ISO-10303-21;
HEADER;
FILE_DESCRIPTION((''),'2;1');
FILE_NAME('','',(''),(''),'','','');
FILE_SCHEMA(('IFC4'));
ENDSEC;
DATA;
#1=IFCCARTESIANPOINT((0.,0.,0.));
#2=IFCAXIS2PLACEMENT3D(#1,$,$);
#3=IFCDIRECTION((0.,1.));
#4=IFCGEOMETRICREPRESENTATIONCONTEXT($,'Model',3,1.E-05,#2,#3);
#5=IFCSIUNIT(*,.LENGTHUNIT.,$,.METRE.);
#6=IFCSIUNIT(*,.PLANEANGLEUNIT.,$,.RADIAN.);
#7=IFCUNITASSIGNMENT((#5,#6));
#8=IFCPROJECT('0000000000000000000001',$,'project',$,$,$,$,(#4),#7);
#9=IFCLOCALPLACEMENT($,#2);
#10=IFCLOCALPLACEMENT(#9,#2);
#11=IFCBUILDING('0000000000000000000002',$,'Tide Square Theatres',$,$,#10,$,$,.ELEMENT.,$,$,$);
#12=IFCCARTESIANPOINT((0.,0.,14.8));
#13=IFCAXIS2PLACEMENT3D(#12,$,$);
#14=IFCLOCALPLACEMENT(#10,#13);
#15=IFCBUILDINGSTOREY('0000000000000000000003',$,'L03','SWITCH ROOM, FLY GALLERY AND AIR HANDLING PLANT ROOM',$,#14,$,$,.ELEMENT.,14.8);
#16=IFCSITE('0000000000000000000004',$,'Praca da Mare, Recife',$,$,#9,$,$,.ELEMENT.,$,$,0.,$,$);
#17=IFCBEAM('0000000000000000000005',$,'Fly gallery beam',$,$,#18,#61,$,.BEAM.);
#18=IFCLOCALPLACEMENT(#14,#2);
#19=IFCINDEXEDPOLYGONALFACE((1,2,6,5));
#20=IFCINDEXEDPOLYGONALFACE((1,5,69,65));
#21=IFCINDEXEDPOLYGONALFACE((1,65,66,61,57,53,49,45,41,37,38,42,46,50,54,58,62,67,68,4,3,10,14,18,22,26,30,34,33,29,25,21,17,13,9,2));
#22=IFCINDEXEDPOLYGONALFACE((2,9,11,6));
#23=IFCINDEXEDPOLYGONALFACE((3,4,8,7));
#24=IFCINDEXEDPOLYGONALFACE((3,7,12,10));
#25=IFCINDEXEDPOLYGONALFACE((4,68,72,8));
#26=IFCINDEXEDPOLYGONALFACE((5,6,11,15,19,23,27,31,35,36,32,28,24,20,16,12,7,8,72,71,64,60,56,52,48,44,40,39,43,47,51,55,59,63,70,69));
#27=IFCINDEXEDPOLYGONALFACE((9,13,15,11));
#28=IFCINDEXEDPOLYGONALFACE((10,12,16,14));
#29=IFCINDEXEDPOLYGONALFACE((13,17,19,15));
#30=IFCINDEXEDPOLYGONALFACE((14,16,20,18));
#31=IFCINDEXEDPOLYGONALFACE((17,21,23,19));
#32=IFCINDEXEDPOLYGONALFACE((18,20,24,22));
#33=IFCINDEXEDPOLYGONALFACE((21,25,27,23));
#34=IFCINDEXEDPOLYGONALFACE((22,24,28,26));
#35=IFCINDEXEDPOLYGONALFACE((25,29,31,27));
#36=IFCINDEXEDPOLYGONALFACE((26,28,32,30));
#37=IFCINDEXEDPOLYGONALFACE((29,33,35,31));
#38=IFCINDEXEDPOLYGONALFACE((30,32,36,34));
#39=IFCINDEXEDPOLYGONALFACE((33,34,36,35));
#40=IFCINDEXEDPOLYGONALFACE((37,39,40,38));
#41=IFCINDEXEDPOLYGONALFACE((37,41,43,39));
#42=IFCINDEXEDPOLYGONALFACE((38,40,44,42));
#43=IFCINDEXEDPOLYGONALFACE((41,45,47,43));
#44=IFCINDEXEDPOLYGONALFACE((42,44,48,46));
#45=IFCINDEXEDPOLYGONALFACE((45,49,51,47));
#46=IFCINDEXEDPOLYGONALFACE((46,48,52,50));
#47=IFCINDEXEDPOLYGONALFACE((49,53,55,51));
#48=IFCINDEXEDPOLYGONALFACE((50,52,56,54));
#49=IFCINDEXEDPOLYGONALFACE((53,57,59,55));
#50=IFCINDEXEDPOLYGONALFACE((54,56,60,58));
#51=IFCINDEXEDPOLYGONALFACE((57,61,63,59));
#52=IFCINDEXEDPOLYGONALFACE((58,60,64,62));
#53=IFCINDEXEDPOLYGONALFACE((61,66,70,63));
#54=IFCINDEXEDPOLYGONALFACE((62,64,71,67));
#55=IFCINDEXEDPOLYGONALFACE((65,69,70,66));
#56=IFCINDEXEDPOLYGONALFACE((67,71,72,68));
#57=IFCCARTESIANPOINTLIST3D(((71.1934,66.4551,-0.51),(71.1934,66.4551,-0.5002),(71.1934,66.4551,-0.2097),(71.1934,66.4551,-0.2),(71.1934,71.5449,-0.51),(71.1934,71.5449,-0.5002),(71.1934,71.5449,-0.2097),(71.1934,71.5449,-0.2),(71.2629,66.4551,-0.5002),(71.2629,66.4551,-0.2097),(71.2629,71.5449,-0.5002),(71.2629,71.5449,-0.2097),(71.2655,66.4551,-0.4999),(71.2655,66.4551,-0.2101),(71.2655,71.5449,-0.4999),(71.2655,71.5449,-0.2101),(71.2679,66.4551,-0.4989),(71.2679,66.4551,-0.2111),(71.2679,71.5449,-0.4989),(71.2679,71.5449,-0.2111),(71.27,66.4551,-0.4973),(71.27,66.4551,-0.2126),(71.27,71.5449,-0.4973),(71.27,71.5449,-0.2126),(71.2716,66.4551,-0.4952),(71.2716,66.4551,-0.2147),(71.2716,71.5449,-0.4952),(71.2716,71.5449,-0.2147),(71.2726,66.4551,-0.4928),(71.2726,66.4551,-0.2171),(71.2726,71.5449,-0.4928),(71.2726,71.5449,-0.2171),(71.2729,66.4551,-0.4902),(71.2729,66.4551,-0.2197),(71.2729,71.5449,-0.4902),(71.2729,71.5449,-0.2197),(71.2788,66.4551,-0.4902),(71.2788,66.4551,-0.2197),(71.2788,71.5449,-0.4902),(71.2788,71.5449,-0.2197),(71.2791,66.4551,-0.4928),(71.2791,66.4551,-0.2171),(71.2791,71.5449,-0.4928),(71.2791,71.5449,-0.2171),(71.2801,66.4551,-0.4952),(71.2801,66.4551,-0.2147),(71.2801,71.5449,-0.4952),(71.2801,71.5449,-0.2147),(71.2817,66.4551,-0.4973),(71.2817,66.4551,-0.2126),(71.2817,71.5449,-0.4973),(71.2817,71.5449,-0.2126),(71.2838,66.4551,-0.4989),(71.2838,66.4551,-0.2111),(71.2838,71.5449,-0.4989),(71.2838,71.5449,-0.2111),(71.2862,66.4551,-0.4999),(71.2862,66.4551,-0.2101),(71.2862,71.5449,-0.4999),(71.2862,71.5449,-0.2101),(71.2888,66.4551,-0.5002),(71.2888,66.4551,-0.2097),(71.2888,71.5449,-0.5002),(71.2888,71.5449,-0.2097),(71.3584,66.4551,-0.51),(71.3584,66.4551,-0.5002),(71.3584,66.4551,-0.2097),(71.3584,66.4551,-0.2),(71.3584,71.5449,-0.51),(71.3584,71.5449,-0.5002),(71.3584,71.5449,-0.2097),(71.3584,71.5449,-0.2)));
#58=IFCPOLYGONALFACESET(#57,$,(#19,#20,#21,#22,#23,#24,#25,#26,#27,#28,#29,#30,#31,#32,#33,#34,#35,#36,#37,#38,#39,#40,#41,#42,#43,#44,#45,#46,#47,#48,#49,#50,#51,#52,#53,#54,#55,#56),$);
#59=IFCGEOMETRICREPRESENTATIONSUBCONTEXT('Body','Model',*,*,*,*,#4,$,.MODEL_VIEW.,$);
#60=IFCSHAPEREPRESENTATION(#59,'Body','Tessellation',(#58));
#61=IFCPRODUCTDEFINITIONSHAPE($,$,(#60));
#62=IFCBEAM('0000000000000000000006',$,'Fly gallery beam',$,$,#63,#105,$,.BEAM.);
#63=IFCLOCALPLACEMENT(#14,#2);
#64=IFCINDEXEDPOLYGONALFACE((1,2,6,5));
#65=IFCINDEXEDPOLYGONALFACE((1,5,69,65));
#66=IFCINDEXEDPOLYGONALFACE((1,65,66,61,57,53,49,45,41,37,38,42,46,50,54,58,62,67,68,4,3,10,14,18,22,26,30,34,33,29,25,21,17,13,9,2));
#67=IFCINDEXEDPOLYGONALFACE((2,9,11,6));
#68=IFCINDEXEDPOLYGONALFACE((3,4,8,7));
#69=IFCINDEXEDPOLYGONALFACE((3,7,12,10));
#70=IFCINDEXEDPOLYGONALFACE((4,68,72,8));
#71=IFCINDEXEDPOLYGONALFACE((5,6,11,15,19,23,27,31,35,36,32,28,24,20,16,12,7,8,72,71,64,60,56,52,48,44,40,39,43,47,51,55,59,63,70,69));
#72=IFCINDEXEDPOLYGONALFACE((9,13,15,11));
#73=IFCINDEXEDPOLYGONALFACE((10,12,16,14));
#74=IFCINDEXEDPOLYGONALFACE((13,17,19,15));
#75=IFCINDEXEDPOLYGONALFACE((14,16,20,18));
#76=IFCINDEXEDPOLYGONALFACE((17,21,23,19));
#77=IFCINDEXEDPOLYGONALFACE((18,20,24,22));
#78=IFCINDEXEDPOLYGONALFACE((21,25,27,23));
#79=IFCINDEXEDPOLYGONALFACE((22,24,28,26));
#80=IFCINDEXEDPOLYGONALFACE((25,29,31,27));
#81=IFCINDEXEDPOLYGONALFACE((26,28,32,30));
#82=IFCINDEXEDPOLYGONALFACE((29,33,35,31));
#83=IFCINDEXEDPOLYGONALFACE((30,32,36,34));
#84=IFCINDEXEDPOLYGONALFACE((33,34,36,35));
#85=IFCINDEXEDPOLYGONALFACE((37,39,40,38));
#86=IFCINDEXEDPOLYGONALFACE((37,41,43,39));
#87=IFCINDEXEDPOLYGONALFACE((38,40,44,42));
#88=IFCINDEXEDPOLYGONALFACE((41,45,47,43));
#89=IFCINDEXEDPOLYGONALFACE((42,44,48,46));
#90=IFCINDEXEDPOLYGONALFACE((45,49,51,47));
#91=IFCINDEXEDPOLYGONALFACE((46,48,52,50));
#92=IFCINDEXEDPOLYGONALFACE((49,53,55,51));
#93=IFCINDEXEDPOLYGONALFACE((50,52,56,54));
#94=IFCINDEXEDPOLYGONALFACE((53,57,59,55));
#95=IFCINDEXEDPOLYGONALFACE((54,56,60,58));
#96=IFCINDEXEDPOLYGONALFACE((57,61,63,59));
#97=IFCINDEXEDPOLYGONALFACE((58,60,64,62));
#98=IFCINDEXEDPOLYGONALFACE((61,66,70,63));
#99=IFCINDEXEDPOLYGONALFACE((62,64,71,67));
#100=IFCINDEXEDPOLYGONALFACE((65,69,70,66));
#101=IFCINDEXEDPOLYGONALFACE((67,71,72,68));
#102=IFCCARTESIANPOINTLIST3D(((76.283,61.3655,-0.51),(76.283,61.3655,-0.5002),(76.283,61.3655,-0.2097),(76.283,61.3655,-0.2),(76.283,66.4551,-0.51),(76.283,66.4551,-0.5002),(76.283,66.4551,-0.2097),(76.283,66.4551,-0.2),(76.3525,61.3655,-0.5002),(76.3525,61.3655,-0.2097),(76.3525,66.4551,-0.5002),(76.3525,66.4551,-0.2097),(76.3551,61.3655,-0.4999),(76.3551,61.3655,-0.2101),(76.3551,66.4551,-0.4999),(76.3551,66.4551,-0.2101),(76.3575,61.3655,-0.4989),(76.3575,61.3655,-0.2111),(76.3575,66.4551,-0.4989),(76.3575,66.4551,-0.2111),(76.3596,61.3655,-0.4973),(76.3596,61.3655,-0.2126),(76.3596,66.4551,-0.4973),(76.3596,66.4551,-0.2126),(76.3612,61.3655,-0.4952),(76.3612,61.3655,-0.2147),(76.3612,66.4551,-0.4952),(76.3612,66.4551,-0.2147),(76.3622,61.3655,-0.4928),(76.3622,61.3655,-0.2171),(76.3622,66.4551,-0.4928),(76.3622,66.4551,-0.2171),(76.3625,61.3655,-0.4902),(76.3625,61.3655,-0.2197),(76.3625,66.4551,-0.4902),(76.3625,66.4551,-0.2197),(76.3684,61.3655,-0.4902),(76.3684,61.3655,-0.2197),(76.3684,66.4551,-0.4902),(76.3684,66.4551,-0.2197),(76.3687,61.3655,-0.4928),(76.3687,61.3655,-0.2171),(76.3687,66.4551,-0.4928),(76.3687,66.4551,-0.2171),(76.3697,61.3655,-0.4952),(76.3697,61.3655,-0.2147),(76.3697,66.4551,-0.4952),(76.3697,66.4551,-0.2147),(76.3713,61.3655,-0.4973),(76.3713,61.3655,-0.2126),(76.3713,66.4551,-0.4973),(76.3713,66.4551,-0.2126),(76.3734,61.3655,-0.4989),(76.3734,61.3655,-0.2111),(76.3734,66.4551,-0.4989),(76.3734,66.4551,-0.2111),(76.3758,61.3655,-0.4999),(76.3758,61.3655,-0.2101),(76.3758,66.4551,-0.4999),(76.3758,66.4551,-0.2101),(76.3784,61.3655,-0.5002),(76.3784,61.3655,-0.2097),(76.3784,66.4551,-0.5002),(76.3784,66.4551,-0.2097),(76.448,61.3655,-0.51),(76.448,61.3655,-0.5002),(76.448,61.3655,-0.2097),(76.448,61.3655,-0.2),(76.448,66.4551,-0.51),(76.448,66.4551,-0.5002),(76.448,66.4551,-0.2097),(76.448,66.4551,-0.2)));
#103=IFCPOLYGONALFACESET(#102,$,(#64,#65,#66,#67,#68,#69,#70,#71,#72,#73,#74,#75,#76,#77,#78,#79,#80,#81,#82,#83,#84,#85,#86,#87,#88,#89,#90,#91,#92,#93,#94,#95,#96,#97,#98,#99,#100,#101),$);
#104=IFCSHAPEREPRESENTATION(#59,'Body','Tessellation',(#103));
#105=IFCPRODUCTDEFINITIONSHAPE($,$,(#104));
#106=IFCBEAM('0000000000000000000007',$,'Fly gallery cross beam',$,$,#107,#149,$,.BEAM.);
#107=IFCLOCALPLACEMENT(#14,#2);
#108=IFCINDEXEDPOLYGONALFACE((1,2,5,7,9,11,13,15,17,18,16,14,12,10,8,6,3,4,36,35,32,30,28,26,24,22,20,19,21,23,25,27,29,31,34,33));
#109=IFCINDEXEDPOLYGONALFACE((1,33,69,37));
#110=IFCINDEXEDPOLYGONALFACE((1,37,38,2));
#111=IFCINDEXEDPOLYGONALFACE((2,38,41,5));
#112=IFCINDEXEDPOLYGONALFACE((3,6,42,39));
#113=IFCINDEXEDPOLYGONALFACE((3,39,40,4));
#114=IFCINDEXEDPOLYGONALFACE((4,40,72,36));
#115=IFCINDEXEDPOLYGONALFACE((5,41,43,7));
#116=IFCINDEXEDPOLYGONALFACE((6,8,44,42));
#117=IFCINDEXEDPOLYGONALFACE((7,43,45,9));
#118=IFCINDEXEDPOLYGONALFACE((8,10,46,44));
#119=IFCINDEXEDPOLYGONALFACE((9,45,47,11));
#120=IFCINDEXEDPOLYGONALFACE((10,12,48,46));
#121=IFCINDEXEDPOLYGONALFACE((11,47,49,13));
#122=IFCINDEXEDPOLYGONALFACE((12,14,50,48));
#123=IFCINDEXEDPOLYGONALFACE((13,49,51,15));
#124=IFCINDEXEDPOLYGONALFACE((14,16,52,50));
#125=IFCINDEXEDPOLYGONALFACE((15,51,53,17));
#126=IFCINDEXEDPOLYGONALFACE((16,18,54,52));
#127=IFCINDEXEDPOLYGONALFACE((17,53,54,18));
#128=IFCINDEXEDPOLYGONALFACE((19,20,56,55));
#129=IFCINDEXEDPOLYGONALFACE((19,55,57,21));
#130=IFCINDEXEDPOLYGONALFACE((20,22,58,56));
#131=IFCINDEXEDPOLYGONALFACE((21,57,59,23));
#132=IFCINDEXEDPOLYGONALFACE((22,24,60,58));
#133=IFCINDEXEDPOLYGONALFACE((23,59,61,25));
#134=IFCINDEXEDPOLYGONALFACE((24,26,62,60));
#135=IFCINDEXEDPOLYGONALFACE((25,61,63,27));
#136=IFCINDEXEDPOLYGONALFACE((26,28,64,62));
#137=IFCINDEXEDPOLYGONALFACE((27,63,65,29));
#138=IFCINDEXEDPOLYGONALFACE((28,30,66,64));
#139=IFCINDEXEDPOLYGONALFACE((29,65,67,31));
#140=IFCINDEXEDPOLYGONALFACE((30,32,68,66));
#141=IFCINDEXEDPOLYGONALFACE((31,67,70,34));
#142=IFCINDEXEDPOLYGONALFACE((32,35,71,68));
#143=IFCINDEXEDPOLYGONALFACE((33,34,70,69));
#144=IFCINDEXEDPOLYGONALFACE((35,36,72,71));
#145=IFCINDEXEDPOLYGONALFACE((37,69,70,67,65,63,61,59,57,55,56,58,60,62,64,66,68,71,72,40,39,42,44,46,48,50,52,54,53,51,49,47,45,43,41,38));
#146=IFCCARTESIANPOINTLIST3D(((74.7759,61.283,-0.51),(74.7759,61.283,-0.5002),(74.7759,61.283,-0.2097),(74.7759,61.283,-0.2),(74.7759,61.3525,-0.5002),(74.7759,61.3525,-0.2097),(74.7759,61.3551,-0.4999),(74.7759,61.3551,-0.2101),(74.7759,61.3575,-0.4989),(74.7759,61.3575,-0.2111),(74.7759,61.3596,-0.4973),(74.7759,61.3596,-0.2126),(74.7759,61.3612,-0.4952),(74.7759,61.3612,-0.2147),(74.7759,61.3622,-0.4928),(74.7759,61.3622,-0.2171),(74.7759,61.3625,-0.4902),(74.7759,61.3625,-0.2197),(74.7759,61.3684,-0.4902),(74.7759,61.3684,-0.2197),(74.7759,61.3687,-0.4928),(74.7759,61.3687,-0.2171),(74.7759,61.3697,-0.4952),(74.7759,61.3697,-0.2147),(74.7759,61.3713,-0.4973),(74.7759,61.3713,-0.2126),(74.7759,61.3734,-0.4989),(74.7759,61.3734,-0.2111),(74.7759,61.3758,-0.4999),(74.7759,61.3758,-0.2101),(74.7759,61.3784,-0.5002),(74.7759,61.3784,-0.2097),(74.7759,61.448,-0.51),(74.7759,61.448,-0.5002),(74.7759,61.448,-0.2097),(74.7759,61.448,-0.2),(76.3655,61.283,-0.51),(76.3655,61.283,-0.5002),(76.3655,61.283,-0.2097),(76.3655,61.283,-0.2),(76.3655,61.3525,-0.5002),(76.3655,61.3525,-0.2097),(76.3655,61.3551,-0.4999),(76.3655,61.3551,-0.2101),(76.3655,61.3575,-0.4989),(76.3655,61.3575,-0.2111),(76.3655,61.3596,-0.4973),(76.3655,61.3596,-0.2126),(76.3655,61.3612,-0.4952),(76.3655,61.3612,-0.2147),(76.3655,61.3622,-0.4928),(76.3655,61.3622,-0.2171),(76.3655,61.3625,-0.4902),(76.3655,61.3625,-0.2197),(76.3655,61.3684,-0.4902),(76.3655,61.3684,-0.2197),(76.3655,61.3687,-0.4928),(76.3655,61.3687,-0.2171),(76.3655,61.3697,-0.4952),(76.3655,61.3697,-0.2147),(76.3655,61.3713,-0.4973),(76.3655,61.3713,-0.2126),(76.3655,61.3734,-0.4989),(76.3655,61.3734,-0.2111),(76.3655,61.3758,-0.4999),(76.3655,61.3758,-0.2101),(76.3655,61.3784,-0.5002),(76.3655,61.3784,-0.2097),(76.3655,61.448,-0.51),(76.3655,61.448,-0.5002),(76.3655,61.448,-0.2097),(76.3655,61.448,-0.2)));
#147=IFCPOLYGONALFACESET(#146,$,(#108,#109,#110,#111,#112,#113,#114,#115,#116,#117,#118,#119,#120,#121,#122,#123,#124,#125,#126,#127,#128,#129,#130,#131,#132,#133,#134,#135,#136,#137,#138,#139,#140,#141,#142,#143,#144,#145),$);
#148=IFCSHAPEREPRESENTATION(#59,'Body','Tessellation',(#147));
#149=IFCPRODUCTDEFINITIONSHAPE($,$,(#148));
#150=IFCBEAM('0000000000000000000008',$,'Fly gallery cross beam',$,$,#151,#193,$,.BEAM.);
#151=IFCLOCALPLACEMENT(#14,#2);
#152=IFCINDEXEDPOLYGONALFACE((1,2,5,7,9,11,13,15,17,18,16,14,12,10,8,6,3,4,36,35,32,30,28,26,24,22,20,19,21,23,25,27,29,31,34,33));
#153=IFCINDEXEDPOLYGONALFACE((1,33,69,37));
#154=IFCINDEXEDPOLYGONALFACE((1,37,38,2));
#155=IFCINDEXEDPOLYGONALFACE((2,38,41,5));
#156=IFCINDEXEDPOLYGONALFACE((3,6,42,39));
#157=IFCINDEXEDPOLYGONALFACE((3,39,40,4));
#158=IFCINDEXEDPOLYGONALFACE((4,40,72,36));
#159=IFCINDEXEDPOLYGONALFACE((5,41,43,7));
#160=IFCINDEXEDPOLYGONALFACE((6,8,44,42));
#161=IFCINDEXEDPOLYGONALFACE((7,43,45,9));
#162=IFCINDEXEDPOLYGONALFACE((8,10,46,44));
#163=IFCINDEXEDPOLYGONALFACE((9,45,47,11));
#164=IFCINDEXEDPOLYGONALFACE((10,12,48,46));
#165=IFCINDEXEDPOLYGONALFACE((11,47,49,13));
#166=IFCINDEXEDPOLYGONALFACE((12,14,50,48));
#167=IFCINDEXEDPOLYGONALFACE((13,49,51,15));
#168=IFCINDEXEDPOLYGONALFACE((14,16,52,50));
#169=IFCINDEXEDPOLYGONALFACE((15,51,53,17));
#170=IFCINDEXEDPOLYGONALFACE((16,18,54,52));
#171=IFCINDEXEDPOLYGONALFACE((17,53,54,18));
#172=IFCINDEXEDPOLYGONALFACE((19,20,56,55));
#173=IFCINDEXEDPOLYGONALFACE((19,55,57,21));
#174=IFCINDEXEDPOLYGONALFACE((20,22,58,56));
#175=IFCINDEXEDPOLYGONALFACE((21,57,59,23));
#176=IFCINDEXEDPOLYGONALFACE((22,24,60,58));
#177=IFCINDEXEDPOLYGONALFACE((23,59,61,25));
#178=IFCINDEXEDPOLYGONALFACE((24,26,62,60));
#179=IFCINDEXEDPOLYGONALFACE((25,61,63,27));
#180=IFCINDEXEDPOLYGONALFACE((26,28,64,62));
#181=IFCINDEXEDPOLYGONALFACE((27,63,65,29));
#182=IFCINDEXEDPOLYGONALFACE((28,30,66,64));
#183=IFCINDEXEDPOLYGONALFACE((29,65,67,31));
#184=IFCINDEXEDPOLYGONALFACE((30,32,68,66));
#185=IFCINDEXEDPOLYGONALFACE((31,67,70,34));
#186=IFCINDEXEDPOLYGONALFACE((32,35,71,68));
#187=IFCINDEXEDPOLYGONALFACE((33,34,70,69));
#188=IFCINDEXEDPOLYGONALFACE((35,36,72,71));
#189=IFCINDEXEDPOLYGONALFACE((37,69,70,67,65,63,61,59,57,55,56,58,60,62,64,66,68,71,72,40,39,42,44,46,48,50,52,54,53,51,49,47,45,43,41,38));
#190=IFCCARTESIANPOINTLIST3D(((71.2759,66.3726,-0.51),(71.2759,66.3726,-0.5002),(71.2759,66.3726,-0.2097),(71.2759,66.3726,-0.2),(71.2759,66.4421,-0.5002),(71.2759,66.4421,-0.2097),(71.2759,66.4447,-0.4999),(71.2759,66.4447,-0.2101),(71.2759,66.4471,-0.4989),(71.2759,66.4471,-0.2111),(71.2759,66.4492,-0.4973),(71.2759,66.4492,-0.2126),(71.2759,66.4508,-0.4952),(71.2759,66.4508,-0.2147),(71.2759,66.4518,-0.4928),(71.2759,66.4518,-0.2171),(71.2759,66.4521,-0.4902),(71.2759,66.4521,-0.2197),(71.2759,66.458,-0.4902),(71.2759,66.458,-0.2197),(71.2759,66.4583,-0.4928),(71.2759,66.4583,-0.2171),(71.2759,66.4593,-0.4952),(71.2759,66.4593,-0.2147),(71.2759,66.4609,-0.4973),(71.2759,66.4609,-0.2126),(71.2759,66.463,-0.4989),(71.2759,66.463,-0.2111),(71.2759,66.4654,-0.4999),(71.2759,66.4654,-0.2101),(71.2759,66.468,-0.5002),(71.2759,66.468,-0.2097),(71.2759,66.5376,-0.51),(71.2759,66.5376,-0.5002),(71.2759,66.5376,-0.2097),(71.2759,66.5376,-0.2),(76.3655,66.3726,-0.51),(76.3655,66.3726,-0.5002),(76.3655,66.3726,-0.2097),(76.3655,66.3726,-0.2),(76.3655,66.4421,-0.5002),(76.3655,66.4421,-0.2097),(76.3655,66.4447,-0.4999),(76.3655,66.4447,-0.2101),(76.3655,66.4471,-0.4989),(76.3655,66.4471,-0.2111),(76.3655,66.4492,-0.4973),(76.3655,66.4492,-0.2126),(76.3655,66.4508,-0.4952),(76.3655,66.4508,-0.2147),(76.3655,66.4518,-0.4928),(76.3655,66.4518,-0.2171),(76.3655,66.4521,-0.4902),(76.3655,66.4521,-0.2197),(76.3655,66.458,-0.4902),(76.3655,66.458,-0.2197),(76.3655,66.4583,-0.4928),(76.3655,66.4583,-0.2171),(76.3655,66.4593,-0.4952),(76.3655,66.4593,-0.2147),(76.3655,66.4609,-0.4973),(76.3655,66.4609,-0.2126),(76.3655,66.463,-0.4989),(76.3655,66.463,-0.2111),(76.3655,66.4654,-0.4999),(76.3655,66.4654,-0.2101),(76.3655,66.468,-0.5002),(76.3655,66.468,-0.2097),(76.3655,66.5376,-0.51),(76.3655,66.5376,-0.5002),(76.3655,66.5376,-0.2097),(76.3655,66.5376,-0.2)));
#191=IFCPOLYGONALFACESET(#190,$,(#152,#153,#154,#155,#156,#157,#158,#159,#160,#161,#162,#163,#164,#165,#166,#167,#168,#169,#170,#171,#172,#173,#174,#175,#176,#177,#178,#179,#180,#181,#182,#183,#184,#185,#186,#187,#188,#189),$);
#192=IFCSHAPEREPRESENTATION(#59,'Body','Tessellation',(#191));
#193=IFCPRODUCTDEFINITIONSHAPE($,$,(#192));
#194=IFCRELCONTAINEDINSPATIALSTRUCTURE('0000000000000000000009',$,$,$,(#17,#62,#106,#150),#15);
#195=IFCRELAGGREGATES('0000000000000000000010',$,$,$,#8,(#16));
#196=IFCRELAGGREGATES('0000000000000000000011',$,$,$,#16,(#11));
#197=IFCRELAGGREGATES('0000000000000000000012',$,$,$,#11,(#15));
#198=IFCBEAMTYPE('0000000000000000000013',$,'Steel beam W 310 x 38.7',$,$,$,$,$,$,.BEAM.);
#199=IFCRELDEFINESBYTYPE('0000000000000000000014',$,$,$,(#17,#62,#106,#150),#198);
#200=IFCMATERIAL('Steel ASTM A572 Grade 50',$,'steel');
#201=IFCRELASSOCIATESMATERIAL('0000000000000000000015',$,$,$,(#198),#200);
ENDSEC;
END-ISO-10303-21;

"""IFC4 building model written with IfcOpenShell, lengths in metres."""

from ifc_helpers import new_model, si_unit, direction, frame, origin, origin_2d, place, context, subcontext, project, spatial, i_section, extrude, material, material_profile, profile_set, type_object, element, save


model = new_model("IFC4")

# Units and contexts
model_context = context("Model", 3, precision=1e-05, world=origin(), true_north=direction((0.0, 1.0)))
body_context = subcontext(model_context, "Body", "Model", "MODEL_VIEW")
ifc_project = project(units=[si_unit("LENGTHUNIT", "METRE"), si_unit("PLANEANGLEUNIT", "RADIAN")], contexts=[model_context])

# Site, building, storey
site_placement = place(None, origin())
site = spatial("IfcSite", under=ifc_project, at=site_placement, Name="Praca da Mare, Recife", CompositionType="ELEMENT", RefElevation=0.0)
building_placement = place(site_placement, origin())
building = spatial("IfcBuilding", under=site, at=building_placement, Name="Tide Square Theatres", CompositionType="ELEMENT")
storey_placement = place(building_placement, frame((0.0, 0.0, 14.8)))
storey = spatial("IfcBuildingStorey", under=building, at=storey_placement, Name="L03", Description="SWITCH ROOM, FLY GALLERY AND AIR HANDLING PLANT ROOM", CompositionType="ELEMENT", Elevation=14.8)

# Beams
ifc_material_1 = material(Name="Steel ASTM A572 Grade 50", Category="steel")
ifc_material_profile_1 = material_profile(ifc_material_1, i_section(OverallWidth=0.165, OverallDepth=0.3101, WebThickness=0.0059, FlangeThickness=0.0098, FilletRadius=0.01, at=origin_2d()))
ifc_profile_set_1 = profile_set([ifc_material_profile_1], Name="Steel ASTM A572 Grade 50")
beam_type = type_object("IfcBeamType", Name="Steel beam W 310 x 38.7", PredefinedType="BEAM", material=ifc_profile_set_1)
beam_1_placement = place(storey_placement, frame((71.2759, 66.4551, -0.355), z_axis=(0.0, 1.0, 0.0), x_axis=(-1.0, 0.0, 0.0)))
element("IfcBeam", 1, at=beam_1_placement, inside=storey, type_object=beam_type, Name="Fly gallery beam", PredefinedType="BEAM", context=body_context, shape_type="SweptSolid", body=[
    extrude(i_section(OverallWidth=0.165, OverallDepth=0.3101, WebThickness=0.0059, FlangeThickness=0.0098, FilletRadius=0.01, at=origin_2d()), origin(), (0.0, 0.0, 1.0), 5.0898),
])
beam_2_placement = place(storey_placement, frame((76.3655, 61.3655, -0.355), z_axis=(0.0, 1.0, 0.0), x_axis=(-1.0, 0.0, 0.0)))
element("IfcBeam", 2, at=beam_2_placement, inside=storey, type_object=beam_type, Name="Fly gallery beam", PredefinedType="BEAM", context=body_context, shape_type="SweptSolid", body=[
    extrude(i_section(OverallWidth=0.165, OverallDepth=0.3101, WebThickness=0.0059, FlangeThickness=0.0098, FilletRadius=0.01, at=origin_2d()), origin(), (0.0, 0.0, 1.0), 5.0896),
])
beam_3_placement = place(storey_placement, frame((74.7759, 61.3655, -0.355), z_axis=(1.0, 0.0, 0.0), x_axis=(0.0, 1.0, 0.0)))
element("IfcBeam", 3, at=beam_3_placement, inside=storey, type_object=beam_type, Name="Fly gallery cross beam", PredefinedType="BEAM", context=body_context, shape_type="SweptSolid", body=[
    extrude(i_section(OverallWidth=0.165, OverallDepth=0.3101, WebThickness=0.0059, FlangeThickness=0.0098, FilletRadius=0.01, at=origin_2d()), origin(), (0.0, 0.0, 1.0), 1.5896),
])
beam_4_placement = place(storey_placement, frame((71.2759, 66.4551, -0.355), z_axis=(1.0, 0.0, 0.0), x_axis=(0.0, 1.0, 0.0)))
element("IfcBeam", 4, at=beam_4_placement, inside=storey, type_object=beam_type, Name="Fly gallery cross beam", PredefinedType="BEAM", context=body_context, shape_type="SweptSolid", body=[
    extrude(i_section(OverallWidth=0.165, OverallDepth=0.3101, WebThickness=0.0059, FlangeThickness=0.0098, FilletRadius=0.01, at=origin_2d()), origin(), (0.0, 0.0, 1.0), 5.0896),
])

save(model, "model.ifc")
